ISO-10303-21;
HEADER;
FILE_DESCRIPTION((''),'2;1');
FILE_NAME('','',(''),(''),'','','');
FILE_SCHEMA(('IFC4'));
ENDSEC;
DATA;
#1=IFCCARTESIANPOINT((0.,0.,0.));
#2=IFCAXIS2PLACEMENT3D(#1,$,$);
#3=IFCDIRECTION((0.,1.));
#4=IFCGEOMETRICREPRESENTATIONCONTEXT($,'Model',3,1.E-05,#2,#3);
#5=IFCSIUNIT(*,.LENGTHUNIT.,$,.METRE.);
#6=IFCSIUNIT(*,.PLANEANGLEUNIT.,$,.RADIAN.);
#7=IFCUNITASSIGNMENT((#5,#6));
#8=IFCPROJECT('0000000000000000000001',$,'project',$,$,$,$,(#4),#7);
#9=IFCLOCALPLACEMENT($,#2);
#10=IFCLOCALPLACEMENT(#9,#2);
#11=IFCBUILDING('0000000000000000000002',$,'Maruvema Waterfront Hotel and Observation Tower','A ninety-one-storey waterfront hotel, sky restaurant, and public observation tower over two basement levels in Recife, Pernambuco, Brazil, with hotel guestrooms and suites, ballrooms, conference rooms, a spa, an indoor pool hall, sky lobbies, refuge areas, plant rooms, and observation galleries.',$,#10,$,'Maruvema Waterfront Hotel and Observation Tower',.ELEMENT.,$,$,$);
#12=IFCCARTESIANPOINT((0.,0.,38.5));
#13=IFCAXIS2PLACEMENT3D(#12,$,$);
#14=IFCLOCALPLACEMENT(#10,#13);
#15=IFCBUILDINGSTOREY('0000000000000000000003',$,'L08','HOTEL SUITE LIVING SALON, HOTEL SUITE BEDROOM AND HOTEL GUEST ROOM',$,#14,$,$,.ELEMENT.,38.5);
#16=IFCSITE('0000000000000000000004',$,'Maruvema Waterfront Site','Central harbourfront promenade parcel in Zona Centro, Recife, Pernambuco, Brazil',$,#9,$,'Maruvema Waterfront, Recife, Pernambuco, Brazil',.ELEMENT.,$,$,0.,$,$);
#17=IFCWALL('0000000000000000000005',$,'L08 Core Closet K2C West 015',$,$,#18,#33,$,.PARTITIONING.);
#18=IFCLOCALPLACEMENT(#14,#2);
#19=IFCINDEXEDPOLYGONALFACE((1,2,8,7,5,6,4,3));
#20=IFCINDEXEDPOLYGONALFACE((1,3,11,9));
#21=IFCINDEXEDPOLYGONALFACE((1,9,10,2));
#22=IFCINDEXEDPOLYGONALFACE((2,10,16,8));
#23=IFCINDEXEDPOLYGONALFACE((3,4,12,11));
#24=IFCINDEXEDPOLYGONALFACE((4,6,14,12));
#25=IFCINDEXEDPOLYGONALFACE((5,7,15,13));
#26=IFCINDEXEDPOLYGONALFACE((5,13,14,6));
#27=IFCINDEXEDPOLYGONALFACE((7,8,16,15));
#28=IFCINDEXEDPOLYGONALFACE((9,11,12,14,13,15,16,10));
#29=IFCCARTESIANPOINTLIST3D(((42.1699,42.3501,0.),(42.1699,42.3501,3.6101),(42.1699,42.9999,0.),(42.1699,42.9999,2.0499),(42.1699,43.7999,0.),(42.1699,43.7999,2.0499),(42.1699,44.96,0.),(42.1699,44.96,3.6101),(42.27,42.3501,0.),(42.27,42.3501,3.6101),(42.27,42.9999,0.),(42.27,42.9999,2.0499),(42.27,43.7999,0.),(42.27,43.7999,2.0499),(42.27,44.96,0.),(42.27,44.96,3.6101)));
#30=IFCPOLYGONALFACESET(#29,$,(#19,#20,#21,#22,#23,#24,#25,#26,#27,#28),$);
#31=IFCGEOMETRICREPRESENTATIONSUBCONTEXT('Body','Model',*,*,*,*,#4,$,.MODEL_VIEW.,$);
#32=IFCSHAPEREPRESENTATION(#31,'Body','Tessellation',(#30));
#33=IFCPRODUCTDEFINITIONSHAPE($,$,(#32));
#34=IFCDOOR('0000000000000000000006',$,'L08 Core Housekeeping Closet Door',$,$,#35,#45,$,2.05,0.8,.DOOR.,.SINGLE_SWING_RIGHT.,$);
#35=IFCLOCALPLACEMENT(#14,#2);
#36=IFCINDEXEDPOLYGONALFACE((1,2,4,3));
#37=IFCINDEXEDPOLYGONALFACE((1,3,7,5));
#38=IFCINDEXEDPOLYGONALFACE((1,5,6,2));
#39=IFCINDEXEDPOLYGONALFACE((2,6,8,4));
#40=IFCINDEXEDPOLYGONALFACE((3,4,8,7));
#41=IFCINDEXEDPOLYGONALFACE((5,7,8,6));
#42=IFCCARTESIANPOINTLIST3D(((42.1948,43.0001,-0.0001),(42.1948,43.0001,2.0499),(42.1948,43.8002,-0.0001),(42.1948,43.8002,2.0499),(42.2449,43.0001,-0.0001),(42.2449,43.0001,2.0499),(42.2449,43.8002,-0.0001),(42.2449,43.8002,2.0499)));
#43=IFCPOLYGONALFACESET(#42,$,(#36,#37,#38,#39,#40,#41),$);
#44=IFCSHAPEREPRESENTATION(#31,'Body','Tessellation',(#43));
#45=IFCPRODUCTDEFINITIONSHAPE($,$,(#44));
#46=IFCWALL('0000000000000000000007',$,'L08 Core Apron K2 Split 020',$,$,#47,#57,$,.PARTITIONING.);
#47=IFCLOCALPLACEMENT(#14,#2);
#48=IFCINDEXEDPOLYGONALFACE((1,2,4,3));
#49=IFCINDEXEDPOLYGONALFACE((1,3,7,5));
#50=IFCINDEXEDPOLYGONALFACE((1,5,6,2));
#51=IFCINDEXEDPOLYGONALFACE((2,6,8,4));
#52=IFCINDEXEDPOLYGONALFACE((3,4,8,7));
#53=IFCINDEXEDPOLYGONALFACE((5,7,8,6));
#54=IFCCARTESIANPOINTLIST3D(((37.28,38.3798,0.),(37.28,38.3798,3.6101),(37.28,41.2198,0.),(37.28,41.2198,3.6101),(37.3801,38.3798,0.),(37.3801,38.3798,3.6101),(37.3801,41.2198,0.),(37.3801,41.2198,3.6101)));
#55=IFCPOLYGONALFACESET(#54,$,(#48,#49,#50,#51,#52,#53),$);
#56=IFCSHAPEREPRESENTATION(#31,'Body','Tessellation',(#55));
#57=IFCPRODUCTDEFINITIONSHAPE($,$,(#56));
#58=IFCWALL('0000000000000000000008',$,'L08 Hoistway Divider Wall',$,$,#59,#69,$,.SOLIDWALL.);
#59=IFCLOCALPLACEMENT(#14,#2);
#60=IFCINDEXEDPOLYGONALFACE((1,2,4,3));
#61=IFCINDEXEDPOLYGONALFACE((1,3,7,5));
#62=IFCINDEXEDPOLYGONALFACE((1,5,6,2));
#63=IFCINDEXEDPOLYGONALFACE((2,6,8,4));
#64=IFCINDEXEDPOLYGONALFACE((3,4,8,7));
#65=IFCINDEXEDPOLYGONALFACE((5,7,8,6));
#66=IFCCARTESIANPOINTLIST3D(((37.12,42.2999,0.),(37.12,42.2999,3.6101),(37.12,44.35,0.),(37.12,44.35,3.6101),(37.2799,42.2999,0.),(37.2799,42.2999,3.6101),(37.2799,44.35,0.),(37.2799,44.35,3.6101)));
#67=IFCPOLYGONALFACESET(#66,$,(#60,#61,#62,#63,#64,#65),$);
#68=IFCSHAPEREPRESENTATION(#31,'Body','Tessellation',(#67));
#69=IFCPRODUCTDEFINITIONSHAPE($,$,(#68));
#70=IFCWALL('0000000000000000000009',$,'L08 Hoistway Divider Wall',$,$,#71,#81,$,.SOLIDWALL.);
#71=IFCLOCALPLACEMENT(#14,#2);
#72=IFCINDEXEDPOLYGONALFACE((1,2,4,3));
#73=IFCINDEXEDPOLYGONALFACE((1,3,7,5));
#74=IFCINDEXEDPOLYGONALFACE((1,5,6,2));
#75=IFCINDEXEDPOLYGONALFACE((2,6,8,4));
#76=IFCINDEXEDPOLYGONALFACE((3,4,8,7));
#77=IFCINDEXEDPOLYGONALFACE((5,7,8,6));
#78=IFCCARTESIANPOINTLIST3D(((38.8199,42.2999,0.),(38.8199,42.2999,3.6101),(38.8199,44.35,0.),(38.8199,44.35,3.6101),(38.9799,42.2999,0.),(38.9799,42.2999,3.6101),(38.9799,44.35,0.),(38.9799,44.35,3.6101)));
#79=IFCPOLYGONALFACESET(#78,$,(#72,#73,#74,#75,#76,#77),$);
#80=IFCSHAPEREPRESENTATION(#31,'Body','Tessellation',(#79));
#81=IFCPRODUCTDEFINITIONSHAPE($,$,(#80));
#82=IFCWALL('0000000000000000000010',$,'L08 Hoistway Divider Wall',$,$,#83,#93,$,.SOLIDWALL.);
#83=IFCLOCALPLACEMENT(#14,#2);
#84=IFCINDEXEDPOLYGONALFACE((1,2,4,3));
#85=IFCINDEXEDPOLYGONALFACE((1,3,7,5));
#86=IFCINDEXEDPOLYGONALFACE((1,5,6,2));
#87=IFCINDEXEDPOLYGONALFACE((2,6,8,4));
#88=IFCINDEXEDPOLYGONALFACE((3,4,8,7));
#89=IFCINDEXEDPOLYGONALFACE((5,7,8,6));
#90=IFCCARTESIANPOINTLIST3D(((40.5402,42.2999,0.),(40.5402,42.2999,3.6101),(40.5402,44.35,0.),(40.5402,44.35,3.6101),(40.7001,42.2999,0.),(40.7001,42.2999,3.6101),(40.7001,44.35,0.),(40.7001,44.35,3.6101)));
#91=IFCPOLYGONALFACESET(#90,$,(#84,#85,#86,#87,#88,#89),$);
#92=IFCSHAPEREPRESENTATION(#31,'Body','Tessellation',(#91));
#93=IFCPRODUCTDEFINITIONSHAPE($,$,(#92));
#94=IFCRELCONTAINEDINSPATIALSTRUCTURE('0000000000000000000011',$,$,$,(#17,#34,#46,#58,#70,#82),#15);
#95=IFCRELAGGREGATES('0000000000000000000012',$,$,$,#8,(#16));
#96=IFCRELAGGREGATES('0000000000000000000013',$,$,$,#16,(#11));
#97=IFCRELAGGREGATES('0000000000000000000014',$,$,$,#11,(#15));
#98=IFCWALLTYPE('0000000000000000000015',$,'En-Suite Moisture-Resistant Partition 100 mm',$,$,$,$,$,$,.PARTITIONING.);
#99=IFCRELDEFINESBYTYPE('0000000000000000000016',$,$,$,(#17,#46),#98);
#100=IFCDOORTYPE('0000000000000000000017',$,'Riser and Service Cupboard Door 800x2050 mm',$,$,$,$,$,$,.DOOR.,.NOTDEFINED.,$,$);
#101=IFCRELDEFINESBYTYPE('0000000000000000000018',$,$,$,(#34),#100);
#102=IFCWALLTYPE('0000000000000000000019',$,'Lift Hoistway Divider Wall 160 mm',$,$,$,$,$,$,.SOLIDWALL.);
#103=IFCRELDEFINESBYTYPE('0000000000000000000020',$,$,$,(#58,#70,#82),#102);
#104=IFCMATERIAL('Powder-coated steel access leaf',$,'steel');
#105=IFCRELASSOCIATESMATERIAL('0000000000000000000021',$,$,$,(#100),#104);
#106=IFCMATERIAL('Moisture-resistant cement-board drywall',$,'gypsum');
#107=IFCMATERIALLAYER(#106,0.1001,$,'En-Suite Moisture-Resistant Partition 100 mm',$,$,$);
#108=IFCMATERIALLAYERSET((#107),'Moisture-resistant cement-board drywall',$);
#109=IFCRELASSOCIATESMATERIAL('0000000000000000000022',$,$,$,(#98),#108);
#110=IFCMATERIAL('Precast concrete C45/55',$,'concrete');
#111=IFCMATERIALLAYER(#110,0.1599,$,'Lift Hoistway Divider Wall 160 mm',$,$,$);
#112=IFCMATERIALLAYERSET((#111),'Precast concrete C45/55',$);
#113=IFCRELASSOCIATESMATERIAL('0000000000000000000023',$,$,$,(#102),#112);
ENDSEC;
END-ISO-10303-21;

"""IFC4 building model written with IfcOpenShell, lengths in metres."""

from ifc_helpers import new_model, si_unit, direction, frame, frame_2d, origin, place, context, subcontext, project, spatial, rectangle, extrude, material, layer, layer_set, type_object, element, fill, save


model = new_model("IFC4")

# Units and contexts
model_context = context("Model", 3, precision=1e-05, world=origin(), true_north=direction((0.0, 1.0)))
body_context = subcontext(model_context, "Body", "Model", "MODEL_VIEW")
ifc_project = project(units=[si_unit("LENGTHUNIT", "METRE"), si_unit("PLANEANGLEUNIT", "RADIAN")], contexts=[model_context])

# Site, building, storey
site_placement = place(None, origin())
site = spatial("IfcSite", under=ifc_project, at=site_placement, Name="Maruvema Waterfront Site", Description="Central harbourfront promenade parcel in Zona Centro, Recife, Pernambuco, Brazil", LongName="Maruvema Waterfront, Recife, Pernambuco, Brazil", CompositionType="ELEMENT", RefElevation=0.0)
building_placement = place(site_placement, origin())
building = spatial("IfcBuilding", under=site, at=building_placement, Name="Maruvema Waterfront Hotel and Observation Tower", Description="A ninety-one-storey waterfront hotel, sky restaurant, and public observation tower over two basement levels in Recife, Pernambuco, Brazil, with hotel guestrooms and suites, ballrooms, conference rooms, a spa, an indoor pool hall, sky lobbies, refuge areas, plant rooms, and observation galleries.", LongName="Maruvema Waterfront Hotel and Observation Tower", CompositionType="ELEMENT")
storey_placement = place(building_placement, frame((0.0, 0.0, 38.5)))
storey = spatial("IfcBuildingStorey", under=building, at=storey_placement, Name="L08", Description="HOTEL SUITE LIVING SALON, HOTEL SUITE BEDROOM AND HOTEL GUEST ROOM", CompositionType="ELEMENT", Elevation=38.5)

# Shared definitions
ifc_material_1 = material(Name="Powder-coated steel access leaf", Category="steel")
door_type = type_object("IfcDoorType", Name="Riser and Service Cupboard Door 800x2050 mm", OperationType="NOTDEFINED", PredefinedType="DOOR", material=ifc_material_1)

# Shared definitions
ifc_material_2 = material(Name="Moisture-resistant cement-board drywall", Category="gypsum")
ifc_layer_1 = layer(ifc_material_2, 0.1001, Name="En-Suite Moisture-Resistant Partition 100 mm")
ifc_layer_set_1 = layer_set([ifc_layer_1], Name="Moisture-resistant cement-board drywall")
wall_type_1 = type_object("IfcWallType", Name="En-Suite Moisture-Resistant Partition 100 mm", PredefinedType="PARTITIONING", material=ifc_layer_set_1)

# Wall, opening, door
wall_1_placement = place(storey_placement, frame((42.22, 42.3501, 0.0), z_axis=(0.0, 0.0, 1.0), x_axis=(0.0, 1.0, 0.0)))
wall_1 = element("IfcWall", 1, at=wall_1_placement, inside=storey, type_object=wall_type_1, Name="L08 Core Closet K2C West 015", PredefinedType="PARTITIONING", context=body_context, shape_type="SweptSolid", body=[
    extrude(rectangle(XDim=2.6099, YDim=0.1001, at=frame_2d((1.3049, 0.0))), origin(), (0.0, 0.0, 1.0), 3.6101),
])
opening_1_placement = place(wall_1_placement, frame((0.6499, 0.0, 0.0)))
opening_1 = element("IfcOpeningElement", 2, at=opening_1_placement, cuts=wall_1, PredefinedType="OPENING", context=body_context, shape_type="SweptSolid", body=[
    extrude(rectangle(XDim=0.8, YDim=2.05, at=frame_2d((0.3999, 1.0249))), frame((0.0, 0.0601, 0.0), z_axis=(0.0, -1.0, 0.0), x_axis=(1.0, 0.0, 0.0)), (0.0, 0.0, 1.0), 0.1201),
])
door_1_placement = place(opening_1_placement, frame((0.8, 0.0, 0.0), z_axis=(0.0, 0.0, 1.0), x_axis=(-1.0, 0.0, 0.0)))
door_1 = element("IfcDoor", 3, at=door_1_placement, inside=storey, type_object=door_type, Name="L08 Core Housekeeping Closet Door", OperationType="SINGLE_SWING_RIGHT", OverallHeight=2.05, OverallWidth=0.8, PredefinedType="DOOR", context=body_context, shape_type="SweptSolid", body=[
    extrude(rectangle(XDim=0.8, YDim=2.05, at=frame_2d((0.3999, 1.0249))), frame((0.0, 0.0249, 0.0), z_axis=(0.0, -1.0, 0.0), x_axis=(1.0, 0.0, 0.0)), (0.0, 0.0, 1.0), 0.05),
])
fill(opening_1, door_1)

# Walls
wall_2_placement = place(storey_placement, frame((37.3301, 38.3799, 0.0), z_axis=(0.0, 0.0, 1.0), x_axis=(0.0, 1.0, 0.0)))
element("IfcWall", 4, at=wall_2_placement, inside=storey, type_object=wall_type_1, Name="L08 Core Apron K2 Split 020", PredefinedType="PARTITIONING", context=body_context, shape_type="SweptSolid", body=[
    extrude(rectangle(XDim=2.8401, YDim=0.1001, at=frame_2d((1.4199, 0.0))), origin(), (0.0, 0.0, 1.0), 3.6101),
])
ifc_material_3 = material(Name="Precast concrete C45/55", Category="concrete")
ifc_layer_2 = layer(ifc_material_3, 0.1599, Name="Lift Hoistway Divider Wall 160 mm")
ifc_layer_set_2 = layer_set([ifc_layer_2], Name="Precast concrete C45/55")
wall_type_2 = type_object("IfcWallType", Name="Lift Hoistway Divider Wall 160 mm", PredefinedType="SOLIDWALL", material=ifc_layer_set_2)
for number, where, z_axis, x_axis, name in (
    (5, (37.2, 42.3, 0.0), (0.0, 0.0, 1.0), (0.0, 1.0, 0.0), "L08 Hoistway Divider Wall"),
    (6, (38.8999, 42.3, 0.0), (0.0, 0.0, 1.0), (0.0, 1.0, 0.0), "L08 Hoistway Divider Wall"),
    (7, (40.6201, 42.3, 0.0), (0.0, 0.0, 1.0), (0.0, 1.0, 0.0), "L08 Hoistway Divider Wall"),
):
    element("IfcWall", number, at=place(storey_placement, frame(where, z_axis=z_axis, x_axis=x_axis)), inside=storey, type_object=wall_type_2, Name=name, PredefinedType="SOLIDWALL", context=body_context, shape_type="SweptSolid", body=[
        extrude(rectangle(XDim=2.05, YDim=0.1599, at=frame_2d((1.0249, 0.0))), origin(), (0.0, 0.0, 1.0), 3.6101),
    ])

save(model, "model.ifc")
